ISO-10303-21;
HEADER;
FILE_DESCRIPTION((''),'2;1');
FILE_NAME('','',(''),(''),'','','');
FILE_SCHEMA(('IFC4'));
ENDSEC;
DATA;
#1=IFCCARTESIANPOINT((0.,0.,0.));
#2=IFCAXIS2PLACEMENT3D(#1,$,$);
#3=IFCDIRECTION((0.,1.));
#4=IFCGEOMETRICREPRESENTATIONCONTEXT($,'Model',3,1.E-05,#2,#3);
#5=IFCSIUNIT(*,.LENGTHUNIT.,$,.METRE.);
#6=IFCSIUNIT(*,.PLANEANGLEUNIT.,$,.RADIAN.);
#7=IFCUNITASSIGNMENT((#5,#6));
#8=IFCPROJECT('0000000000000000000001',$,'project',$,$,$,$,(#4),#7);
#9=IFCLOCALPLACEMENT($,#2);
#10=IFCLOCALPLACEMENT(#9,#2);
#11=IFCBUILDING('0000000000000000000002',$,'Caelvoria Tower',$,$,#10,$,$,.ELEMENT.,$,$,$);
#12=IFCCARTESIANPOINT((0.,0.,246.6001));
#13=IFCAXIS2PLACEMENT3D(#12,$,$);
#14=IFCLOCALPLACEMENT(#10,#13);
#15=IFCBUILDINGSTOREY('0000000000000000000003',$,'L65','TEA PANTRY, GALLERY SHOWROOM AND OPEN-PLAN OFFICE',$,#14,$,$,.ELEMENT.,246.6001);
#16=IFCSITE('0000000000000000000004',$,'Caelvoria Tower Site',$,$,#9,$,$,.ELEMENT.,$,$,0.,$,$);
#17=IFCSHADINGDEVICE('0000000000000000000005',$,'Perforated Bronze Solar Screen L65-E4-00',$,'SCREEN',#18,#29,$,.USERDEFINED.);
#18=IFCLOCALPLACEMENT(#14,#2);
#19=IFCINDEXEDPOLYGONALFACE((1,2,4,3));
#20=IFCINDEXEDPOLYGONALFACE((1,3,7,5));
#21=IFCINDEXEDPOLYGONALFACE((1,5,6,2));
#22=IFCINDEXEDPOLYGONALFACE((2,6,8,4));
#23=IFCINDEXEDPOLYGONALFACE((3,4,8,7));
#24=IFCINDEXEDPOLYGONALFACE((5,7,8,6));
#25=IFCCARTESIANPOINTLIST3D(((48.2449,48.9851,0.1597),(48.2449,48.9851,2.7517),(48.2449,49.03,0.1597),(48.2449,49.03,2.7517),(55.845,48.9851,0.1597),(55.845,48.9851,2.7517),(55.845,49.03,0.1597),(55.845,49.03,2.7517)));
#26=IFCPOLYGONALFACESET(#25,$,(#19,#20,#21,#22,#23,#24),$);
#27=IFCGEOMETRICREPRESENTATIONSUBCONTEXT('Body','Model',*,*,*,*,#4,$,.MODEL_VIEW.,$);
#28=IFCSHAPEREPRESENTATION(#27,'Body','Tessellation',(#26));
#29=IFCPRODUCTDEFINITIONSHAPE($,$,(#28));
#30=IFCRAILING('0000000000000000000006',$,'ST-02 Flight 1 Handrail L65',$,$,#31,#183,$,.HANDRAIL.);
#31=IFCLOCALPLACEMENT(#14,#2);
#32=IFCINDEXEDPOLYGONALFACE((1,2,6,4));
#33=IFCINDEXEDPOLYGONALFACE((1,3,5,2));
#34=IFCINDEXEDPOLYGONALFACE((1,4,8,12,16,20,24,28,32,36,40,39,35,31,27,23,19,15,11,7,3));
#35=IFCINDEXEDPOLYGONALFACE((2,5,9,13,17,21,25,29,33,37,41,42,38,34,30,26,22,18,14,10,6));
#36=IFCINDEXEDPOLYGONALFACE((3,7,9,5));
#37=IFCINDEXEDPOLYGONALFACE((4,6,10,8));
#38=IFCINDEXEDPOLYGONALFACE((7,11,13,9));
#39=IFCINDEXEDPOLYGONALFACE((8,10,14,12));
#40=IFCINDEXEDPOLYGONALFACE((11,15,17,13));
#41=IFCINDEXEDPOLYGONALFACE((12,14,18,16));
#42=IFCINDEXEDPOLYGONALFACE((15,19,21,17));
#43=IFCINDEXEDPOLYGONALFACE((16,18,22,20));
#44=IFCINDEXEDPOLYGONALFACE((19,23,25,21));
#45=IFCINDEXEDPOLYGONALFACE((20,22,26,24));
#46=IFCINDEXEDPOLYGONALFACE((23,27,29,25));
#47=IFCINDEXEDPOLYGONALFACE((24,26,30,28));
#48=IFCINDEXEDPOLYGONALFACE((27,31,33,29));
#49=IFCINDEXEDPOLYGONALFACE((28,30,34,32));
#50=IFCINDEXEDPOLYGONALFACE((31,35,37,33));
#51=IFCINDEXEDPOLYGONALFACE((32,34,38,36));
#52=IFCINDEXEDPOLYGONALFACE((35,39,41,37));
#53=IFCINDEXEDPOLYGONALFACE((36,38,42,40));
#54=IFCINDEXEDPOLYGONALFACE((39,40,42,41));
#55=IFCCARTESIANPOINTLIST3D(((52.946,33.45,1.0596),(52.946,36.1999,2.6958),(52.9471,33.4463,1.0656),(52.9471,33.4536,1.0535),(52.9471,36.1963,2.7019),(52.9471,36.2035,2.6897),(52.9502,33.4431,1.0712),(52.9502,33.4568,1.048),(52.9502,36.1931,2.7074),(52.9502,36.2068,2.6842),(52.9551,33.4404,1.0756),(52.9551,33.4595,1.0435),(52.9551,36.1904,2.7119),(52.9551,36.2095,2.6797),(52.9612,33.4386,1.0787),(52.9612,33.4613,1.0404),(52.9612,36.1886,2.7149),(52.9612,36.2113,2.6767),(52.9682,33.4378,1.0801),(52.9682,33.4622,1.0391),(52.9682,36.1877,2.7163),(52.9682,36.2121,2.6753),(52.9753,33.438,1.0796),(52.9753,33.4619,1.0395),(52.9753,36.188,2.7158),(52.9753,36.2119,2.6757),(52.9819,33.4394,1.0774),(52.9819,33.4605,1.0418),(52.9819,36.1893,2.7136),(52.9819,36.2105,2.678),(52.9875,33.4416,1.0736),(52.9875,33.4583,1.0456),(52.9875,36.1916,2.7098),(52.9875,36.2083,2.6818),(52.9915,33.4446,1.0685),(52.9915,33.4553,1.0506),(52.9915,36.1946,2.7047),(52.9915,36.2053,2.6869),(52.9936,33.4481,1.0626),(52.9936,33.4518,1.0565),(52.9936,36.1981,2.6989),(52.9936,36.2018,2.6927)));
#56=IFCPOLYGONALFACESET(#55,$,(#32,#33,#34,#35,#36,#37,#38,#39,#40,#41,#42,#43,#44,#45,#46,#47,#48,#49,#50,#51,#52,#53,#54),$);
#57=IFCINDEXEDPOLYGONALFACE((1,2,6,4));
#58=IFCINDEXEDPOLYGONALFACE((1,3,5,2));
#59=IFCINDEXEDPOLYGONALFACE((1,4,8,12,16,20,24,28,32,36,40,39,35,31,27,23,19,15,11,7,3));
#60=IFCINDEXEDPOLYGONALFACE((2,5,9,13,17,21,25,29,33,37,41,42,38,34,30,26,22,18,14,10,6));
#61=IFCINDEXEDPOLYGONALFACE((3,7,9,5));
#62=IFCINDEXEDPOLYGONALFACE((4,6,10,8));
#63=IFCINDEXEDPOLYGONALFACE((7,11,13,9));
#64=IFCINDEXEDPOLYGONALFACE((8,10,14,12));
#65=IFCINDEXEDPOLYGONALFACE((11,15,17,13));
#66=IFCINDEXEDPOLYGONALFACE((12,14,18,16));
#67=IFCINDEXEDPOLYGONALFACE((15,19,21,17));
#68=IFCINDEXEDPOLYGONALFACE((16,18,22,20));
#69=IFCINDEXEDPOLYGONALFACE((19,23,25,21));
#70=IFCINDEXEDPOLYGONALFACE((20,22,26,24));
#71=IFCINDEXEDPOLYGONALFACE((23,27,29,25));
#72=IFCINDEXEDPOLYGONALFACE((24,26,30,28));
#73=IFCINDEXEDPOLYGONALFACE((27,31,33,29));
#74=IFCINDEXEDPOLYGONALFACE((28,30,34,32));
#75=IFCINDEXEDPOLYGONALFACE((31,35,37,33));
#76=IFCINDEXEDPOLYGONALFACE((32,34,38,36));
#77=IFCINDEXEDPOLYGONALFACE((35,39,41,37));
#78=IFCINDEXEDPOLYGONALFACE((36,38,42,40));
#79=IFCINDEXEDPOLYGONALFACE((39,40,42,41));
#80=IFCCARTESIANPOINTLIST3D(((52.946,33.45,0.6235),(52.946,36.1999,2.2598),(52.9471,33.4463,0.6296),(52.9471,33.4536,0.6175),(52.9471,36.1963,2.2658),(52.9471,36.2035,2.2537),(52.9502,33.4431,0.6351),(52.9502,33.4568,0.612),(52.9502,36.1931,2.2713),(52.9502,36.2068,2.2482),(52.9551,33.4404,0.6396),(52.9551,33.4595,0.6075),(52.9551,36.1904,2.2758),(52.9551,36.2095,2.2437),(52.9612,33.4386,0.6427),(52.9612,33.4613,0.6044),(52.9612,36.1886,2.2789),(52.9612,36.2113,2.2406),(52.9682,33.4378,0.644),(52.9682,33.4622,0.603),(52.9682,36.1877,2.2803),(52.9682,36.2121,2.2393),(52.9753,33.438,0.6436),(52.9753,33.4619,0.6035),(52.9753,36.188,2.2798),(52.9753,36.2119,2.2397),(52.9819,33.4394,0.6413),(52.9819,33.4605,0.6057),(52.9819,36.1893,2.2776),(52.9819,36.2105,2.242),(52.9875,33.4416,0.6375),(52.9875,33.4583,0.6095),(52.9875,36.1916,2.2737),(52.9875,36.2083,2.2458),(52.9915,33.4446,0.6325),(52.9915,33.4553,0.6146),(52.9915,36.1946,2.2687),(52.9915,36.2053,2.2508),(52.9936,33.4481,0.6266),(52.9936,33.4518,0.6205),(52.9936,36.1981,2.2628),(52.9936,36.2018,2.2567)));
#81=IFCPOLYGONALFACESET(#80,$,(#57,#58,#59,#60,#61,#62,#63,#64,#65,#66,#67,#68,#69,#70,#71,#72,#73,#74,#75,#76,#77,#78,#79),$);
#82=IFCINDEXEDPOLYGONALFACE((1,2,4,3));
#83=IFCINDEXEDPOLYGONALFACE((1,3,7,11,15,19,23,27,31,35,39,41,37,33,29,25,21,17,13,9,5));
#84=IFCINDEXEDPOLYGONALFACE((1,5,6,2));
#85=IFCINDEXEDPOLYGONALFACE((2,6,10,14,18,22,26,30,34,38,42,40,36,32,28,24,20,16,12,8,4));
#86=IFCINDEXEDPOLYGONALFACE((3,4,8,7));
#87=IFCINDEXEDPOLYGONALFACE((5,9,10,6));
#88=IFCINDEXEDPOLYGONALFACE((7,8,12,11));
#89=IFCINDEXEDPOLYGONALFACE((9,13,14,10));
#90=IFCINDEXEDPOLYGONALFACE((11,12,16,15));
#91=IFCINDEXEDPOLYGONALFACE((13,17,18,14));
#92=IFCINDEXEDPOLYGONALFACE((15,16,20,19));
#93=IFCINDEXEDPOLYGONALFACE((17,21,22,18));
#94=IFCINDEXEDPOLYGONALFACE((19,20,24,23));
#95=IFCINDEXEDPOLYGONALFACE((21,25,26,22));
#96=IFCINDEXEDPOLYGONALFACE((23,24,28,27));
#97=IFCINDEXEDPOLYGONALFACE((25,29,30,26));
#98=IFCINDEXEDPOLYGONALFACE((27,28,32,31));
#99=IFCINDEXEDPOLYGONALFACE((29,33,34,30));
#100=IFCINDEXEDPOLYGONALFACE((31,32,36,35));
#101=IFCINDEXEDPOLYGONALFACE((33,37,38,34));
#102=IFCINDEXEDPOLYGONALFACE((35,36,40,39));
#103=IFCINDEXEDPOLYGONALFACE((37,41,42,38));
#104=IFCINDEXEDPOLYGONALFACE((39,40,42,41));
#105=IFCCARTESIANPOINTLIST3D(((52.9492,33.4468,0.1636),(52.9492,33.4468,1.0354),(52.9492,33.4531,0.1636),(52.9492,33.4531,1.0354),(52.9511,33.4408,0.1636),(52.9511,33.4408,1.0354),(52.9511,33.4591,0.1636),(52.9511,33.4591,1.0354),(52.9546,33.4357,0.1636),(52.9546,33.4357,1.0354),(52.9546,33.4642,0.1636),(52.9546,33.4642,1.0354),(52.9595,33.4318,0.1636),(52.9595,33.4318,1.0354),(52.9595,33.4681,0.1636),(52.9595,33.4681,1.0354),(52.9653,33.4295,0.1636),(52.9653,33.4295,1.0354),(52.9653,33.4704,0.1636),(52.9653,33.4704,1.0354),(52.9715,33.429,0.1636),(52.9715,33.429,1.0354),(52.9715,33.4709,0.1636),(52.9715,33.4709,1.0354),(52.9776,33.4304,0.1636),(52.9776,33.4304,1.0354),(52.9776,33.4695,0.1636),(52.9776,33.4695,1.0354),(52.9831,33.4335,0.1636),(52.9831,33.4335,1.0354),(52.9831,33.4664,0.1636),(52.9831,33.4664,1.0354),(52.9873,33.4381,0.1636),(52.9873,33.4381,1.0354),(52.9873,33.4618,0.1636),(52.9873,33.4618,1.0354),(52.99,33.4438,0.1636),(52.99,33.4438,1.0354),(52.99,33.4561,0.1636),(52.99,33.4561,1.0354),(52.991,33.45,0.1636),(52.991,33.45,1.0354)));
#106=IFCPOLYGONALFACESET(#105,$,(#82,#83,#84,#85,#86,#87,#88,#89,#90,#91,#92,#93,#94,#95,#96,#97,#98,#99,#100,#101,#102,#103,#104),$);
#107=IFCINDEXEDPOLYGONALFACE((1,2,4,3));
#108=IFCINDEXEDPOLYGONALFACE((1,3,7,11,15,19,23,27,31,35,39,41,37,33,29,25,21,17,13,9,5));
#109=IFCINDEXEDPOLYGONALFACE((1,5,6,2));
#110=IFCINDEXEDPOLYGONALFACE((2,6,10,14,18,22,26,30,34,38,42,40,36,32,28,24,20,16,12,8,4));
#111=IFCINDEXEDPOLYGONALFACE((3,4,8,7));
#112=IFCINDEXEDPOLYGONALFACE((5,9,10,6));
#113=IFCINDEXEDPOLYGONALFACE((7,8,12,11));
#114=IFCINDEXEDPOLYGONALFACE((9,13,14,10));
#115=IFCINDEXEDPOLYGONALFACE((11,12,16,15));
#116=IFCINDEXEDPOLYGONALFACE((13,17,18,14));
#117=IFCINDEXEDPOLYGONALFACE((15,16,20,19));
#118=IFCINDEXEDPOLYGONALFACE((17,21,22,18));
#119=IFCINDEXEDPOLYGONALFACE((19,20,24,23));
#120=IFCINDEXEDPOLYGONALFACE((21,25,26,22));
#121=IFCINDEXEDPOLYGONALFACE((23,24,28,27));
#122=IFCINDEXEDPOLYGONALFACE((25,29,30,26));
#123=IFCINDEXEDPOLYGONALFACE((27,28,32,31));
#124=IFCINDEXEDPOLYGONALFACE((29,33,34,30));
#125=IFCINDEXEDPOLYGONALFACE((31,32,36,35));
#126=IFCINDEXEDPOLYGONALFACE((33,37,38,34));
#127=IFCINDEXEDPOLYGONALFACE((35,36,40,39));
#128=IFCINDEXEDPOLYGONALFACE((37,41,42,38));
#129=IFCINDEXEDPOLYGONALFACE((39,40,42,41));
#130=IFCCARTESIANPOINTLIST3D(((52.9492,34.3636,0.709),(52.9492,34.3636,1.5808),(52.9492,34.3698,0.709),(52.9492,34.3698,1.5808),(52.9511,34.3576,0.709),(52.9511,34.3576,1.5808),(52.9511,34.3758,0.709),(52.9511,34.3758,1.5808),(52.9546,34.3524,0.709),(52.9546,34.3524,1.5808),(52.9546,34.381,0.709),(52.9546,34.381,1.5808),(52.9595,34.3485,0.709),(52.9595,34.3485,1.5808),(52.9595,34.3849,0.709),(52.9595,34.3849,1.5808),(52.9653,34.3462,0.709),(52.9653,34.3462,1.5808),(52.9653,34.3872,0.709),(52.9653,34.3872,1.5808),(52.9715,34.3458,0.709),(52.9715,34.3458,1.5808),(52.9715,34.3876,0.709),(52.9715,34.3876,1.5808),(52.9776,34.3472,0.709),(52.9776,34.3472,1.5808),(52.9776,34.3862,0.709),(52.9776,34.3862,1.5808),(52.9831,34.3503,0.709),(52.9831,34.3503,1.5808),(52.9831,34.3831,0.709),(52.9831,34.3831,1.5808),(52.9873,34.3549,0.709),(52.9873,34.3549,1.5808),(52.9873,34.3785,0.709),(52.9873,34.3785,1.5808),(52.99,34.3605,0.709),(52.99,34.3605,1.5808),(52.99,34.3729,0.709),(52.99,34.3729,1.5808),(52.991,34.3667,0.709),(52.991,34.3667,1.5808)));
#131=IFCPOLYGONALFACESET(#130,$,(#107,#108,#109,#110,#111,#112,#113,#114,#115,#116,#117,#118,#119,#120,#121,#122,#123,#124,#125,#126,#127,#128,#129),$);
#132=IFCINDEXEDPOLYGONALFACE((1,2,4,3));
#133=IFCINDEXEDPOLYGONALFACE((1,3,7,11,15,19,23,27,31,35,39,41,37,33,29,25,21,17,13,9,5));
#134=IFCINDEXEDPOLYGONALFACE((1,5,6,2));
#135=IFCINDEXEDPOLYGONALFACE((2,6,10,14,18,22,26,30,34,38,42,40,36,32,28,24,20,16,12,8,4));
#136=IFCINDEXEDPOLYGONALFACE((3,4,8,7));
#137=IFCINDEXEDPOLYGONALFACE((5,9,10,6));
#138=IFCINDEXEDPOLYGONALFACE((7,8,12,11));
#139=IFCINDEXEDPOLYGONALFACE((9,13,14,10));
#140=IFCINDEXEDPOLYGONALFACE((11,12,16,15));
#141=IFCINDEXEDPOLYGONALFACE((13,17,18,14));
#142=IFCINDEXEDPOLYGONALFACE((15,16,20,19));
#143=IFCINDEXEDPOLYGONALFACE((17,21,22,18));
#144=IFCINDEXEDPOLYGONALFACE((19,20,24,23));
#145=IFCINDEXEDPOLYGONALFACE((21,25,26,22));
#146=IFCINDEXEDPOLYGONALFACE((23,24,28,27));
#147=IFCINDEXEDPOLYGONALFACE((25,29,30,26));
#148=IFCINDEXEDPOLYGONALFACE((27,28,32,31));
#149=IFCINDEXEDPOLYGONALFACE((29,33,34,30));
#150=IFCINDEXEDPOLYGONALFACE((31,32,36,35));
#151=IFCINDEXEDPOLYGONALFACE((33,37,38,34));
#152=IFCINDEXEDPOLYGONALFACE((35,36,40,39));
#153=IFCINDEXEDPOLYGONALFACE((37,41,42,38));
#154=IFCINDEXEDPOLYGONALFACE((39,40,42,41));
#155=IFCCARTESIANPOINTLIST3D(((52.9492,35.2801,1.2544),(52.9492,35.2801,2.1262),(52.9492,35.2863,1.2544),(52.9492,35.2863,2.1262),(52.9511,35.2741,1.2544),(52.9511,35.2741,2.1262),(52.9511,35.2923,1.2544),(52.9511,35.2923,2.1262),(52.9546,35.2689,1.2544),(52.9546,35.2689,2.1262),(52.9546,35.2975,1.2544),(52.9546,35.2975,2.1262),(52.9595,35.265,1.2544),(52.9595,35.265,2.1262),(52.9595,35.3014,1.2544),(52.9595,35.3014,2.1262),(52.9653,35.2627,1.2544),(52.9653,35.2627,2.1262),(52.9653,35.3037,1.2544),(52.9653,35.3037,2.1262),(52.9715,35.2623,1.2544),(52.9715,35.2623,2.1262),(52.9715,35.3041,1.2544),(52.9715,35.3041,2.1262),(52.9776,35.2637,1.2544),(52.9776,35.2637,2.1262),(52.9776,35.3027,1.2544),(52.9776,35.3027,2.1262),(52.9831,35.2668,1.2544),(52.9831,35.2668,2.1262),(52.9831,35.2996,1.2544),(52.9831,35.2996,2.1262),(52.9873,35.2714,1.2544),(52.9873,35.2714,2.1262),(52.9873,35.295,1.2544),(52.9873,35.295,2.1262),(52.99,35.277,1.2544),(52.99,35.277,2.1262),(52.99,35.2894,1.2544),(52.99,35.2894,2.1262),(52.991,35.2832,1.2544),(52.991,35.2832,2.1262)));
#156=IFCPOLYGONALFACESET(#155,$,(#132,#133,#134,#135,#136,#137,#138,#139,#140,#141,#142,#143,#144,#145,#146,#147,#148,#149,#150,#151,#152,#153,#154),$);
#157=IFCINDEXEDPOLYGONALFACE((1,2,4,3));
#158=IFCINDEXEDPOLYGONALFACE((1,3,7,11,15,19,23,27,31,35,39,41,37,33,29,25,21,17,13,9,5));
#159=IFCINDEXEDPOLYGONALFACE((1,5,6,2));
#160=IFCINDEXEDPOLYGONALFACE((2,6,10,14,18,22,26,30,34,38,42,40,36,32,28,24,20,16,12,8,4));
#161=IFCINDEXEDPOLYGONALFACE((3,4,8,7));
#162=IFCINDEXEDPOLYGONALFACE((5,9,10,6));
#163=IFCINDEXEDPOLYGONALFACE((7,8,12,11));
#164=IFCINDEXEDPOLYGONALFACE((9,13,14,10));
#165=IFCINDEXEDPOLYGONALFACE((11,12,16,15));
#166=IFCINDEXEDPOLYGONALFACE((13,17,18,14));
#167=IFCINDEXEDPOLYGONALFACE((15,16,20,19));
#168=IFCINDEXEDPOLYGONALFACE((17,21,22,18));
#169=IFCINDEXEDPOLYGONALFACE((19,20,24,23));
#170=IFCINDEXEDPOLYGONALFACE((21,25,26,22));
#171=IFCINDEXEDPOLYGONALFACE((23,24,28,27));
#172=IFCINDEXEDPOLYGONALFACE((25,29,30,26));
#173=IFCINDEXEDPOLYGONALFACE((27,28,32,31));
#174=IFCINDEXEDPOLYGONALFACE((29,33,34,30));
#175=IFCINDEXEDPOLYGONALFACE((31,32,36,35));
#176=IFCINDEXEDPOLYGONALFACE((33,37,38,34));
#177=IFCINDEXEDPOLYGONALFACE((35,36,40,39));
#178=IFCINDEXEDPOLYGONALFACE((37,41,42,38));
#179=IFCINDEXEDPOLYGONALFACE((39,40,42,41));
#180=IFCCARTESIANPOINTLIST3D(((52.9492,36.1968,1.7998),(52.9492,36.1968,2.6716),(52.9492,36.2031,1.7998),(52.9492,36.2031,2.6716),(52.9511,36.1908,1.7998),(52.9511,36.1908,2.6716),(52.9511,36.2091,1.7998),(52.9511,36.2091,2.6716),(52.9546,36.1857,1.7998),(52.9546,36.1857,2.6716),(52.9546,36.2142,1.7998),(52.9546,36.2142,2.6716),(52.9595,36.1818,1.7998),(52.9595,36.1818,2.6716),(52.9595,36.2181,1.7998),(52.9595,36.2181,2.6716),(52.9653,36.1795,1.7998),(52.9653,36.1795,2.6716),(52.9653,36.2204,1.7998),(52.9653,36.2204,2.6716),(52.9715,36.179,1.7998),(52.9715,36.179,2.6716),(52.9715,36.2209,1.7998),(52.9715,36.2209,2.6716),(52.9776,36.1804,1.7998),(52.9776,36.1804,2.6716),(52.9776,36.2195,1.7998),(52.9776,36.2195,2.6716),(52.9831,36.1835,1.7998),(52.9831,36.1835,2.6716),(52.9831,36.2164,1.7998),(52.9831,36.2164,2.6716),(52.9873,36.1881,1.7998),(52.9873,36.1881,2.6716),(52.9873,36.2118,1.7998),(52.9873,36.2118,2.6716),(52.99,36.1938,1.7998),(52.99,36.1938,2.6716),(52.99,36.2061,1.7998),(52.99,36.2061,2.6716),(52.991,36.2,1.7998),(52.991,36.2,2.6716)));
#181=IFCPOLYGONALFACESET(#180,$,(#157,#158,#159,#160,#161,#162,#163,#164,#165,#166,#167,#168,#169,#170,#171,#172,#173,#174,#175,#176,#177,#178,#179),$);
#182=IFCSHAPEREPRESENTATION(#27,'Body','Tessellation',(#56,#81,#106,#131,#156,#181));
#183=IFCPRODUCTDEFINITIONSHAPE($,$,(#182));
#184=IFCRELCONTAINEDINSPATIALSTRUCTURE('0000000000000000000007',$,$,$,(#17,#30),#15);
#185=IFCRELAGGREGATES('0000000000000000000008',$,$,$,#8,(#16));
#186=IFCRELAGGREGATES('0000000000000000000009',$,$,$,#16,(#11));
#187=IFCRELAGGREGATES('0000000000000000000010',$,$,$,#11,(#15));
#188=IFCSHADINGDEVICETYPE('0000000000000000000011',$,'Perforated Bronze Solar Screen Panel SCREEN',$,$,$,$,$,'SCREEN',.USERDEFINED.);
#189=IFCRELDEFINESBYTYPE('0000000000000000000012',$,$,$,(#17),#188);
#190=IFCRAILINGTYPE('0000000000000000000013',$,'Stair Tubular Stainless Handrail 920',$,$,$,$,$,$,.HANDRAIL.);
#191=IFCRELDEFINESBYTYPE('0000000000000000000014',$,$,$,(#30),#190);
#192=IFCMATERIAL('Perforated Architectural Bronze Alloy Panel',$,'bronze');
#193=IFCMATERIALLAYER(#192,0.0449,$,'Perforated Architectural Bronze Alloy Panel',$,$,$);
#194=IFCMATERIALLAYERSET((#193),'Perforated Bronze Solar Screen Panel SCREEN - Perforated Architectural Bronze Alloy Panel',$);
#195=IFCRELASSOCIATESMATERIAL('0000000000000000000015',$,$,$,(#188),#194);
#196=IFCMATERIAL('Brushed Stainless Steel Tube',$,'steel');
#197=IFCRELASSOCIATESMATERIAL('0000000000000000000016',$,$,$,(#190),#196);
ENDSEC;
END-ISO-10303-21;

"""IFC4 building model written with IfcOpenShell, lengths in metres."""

from ifc_helpers import new_model, si_unit, direction, frame, origin, origin_2d, place, context, subcontext, project, spatial, rectangle, circle, extrude, material, layer, layer_set, type_object, element, save


model = new_model("IFC4")

# Units and contexts
model_context = context("Model", 3, precision=1e-05, world=origin(), true_north=direction((0.0, 1.0)))
body_context = subcontext(model_context, "Body", "Model", "MODEL_VIEW")
ifc_project = project(units=[si_unit("LENGTHUNIT", "METRE"), si_unit("PLANEANGLEUNIT", "RADIAN")], contexts=[model_context])

# Site, building, storey
site_placement = place(None, origin())
site = spatial("IfcSite", under=ifc_project, at=site_placement, Name="Caelvoria Tower Site", CompositionType="ELEMENT", RefElevation=0.0)
building_placement = place(site_placement, origin())
building = spatial("IfcBuilding", under=site, at=building_placement, Name="Caelvoria Tower", CompositionType="ELEMENT")
storey_placement = place(building_placement, frame((0.0, 0.0, 246.6001)))
storey = spatial("IfcBuildingStorey", under=building, at=storey_placement, Name="L65", Description="TEA PANTRY, GALLERY SHOWROOM AND OPEN-PLAN OFFICE", CompositionType="ELEMENT", Elevation=246.6001)

# Shading device
ifc_material_1 = material(Name="Perforated Architectural Bronze Alloy Panel", Category="bronze")
ifc_layer_1 = layer(ifc_material_1, 0.0449, Name="Perforated Architectural Bronze Alloy Panel")
ifc_layer_set_1 = layer_set([ifc_layer_1], Name="Perforated Bronze Solar Screen Panel SCREEN - Perforated Architectural Bronze Alloy Panel")
shading_device_type = type_object("IfcShadingDeviceType", Name="Perforated Bronze Solar Screen Panel SCREEN", ElementType="SCREEN", PredefinedType="USERDEFINED", material=ifc_layer_set_1)
shading_device_placement = place(storey_placement, frame((52.0449, 49.0076, 0.1597), z_axis=(0.0, 0.0, 1.0), x_axis=(-1.0, 0.0, 0.0)))
element("IfcShadingDevice", 1, at=shading_device_placement, inside=storey, type_object=shading_device_type, Name="Perforated Bronze Solar Screen L65-E4-00", ObjectType="SCREEN", PredefinedType="USERDEFINED", context=body_context, shape_type="SweptSolid", body=[
    extrude(rectangle(XDim=7.6001, YDim=0.0449, at=origin_2d()), origin(), (0.0, 0.0, 1.0), 2.592),
])

# Railing
ifc_material_2 = material(Name="Brushed Stainless Steel Tube", Category="steel")
railing_type_1 = type_object("IfcRailingType", Name="Stair Tubular Stainless Handrail 920", PredefinedType="HANDRAIL", material=ifc_material_2)
railing_1_placement = place(storey_placement, frame((52.97, 33.45, 0.1636)))
element("IfcRailing", 2, at=railing_1_placement, inside=storey, type_object=railing_type_1, Name="ST-02 Flight 1 Handrail L65", PredefinedType="HANDRAIL", context=body_context, shape_type="SweptSolid", body=[
    extrude(circle(Radius=0.0239, at=origin_2d()), frame((0.0, 0.0, 0.896), z_axis=(0.0, 0.859385, 0.511328), x_axis=(-1.0, 0.0, 0.0)), (0.0, 0.0, 1.0), 3.2),
    extrude(circle(Radius=0.0239, at=origin_2d()), frame((0.0, 0.0, 0.46), z_axis=(0.0, 0.859385, 0.511328), x_axis=(-1.0, 0.0, 0.0)), (0.0, 0.0, 1.0), 3.2),
    extrude(circle(Radius=0.021, at=origin_2d()), origin(), (0.0, 0.0, 1.0), 0.8718),
    extrude(circle(Radius=0.021, at=origin_2d()), frame((0.0, 0.9167, 0.5454)), (0.0, 0.0, 1.0), 0.8718),
    extrude(circle(Radius=0.021, at=origin_2d()), frame((0.0, 1.8333, 1.0908)), (0.0, 0.0, 1.0), 0.8718),
    extrude(circle(Radius=0.021, at=origin_2d()), frame((0.0, 2.75, 1.6362)), (0.0, 0.0, 1.0), 0.8718),
])

save(model, "model.ifc")
